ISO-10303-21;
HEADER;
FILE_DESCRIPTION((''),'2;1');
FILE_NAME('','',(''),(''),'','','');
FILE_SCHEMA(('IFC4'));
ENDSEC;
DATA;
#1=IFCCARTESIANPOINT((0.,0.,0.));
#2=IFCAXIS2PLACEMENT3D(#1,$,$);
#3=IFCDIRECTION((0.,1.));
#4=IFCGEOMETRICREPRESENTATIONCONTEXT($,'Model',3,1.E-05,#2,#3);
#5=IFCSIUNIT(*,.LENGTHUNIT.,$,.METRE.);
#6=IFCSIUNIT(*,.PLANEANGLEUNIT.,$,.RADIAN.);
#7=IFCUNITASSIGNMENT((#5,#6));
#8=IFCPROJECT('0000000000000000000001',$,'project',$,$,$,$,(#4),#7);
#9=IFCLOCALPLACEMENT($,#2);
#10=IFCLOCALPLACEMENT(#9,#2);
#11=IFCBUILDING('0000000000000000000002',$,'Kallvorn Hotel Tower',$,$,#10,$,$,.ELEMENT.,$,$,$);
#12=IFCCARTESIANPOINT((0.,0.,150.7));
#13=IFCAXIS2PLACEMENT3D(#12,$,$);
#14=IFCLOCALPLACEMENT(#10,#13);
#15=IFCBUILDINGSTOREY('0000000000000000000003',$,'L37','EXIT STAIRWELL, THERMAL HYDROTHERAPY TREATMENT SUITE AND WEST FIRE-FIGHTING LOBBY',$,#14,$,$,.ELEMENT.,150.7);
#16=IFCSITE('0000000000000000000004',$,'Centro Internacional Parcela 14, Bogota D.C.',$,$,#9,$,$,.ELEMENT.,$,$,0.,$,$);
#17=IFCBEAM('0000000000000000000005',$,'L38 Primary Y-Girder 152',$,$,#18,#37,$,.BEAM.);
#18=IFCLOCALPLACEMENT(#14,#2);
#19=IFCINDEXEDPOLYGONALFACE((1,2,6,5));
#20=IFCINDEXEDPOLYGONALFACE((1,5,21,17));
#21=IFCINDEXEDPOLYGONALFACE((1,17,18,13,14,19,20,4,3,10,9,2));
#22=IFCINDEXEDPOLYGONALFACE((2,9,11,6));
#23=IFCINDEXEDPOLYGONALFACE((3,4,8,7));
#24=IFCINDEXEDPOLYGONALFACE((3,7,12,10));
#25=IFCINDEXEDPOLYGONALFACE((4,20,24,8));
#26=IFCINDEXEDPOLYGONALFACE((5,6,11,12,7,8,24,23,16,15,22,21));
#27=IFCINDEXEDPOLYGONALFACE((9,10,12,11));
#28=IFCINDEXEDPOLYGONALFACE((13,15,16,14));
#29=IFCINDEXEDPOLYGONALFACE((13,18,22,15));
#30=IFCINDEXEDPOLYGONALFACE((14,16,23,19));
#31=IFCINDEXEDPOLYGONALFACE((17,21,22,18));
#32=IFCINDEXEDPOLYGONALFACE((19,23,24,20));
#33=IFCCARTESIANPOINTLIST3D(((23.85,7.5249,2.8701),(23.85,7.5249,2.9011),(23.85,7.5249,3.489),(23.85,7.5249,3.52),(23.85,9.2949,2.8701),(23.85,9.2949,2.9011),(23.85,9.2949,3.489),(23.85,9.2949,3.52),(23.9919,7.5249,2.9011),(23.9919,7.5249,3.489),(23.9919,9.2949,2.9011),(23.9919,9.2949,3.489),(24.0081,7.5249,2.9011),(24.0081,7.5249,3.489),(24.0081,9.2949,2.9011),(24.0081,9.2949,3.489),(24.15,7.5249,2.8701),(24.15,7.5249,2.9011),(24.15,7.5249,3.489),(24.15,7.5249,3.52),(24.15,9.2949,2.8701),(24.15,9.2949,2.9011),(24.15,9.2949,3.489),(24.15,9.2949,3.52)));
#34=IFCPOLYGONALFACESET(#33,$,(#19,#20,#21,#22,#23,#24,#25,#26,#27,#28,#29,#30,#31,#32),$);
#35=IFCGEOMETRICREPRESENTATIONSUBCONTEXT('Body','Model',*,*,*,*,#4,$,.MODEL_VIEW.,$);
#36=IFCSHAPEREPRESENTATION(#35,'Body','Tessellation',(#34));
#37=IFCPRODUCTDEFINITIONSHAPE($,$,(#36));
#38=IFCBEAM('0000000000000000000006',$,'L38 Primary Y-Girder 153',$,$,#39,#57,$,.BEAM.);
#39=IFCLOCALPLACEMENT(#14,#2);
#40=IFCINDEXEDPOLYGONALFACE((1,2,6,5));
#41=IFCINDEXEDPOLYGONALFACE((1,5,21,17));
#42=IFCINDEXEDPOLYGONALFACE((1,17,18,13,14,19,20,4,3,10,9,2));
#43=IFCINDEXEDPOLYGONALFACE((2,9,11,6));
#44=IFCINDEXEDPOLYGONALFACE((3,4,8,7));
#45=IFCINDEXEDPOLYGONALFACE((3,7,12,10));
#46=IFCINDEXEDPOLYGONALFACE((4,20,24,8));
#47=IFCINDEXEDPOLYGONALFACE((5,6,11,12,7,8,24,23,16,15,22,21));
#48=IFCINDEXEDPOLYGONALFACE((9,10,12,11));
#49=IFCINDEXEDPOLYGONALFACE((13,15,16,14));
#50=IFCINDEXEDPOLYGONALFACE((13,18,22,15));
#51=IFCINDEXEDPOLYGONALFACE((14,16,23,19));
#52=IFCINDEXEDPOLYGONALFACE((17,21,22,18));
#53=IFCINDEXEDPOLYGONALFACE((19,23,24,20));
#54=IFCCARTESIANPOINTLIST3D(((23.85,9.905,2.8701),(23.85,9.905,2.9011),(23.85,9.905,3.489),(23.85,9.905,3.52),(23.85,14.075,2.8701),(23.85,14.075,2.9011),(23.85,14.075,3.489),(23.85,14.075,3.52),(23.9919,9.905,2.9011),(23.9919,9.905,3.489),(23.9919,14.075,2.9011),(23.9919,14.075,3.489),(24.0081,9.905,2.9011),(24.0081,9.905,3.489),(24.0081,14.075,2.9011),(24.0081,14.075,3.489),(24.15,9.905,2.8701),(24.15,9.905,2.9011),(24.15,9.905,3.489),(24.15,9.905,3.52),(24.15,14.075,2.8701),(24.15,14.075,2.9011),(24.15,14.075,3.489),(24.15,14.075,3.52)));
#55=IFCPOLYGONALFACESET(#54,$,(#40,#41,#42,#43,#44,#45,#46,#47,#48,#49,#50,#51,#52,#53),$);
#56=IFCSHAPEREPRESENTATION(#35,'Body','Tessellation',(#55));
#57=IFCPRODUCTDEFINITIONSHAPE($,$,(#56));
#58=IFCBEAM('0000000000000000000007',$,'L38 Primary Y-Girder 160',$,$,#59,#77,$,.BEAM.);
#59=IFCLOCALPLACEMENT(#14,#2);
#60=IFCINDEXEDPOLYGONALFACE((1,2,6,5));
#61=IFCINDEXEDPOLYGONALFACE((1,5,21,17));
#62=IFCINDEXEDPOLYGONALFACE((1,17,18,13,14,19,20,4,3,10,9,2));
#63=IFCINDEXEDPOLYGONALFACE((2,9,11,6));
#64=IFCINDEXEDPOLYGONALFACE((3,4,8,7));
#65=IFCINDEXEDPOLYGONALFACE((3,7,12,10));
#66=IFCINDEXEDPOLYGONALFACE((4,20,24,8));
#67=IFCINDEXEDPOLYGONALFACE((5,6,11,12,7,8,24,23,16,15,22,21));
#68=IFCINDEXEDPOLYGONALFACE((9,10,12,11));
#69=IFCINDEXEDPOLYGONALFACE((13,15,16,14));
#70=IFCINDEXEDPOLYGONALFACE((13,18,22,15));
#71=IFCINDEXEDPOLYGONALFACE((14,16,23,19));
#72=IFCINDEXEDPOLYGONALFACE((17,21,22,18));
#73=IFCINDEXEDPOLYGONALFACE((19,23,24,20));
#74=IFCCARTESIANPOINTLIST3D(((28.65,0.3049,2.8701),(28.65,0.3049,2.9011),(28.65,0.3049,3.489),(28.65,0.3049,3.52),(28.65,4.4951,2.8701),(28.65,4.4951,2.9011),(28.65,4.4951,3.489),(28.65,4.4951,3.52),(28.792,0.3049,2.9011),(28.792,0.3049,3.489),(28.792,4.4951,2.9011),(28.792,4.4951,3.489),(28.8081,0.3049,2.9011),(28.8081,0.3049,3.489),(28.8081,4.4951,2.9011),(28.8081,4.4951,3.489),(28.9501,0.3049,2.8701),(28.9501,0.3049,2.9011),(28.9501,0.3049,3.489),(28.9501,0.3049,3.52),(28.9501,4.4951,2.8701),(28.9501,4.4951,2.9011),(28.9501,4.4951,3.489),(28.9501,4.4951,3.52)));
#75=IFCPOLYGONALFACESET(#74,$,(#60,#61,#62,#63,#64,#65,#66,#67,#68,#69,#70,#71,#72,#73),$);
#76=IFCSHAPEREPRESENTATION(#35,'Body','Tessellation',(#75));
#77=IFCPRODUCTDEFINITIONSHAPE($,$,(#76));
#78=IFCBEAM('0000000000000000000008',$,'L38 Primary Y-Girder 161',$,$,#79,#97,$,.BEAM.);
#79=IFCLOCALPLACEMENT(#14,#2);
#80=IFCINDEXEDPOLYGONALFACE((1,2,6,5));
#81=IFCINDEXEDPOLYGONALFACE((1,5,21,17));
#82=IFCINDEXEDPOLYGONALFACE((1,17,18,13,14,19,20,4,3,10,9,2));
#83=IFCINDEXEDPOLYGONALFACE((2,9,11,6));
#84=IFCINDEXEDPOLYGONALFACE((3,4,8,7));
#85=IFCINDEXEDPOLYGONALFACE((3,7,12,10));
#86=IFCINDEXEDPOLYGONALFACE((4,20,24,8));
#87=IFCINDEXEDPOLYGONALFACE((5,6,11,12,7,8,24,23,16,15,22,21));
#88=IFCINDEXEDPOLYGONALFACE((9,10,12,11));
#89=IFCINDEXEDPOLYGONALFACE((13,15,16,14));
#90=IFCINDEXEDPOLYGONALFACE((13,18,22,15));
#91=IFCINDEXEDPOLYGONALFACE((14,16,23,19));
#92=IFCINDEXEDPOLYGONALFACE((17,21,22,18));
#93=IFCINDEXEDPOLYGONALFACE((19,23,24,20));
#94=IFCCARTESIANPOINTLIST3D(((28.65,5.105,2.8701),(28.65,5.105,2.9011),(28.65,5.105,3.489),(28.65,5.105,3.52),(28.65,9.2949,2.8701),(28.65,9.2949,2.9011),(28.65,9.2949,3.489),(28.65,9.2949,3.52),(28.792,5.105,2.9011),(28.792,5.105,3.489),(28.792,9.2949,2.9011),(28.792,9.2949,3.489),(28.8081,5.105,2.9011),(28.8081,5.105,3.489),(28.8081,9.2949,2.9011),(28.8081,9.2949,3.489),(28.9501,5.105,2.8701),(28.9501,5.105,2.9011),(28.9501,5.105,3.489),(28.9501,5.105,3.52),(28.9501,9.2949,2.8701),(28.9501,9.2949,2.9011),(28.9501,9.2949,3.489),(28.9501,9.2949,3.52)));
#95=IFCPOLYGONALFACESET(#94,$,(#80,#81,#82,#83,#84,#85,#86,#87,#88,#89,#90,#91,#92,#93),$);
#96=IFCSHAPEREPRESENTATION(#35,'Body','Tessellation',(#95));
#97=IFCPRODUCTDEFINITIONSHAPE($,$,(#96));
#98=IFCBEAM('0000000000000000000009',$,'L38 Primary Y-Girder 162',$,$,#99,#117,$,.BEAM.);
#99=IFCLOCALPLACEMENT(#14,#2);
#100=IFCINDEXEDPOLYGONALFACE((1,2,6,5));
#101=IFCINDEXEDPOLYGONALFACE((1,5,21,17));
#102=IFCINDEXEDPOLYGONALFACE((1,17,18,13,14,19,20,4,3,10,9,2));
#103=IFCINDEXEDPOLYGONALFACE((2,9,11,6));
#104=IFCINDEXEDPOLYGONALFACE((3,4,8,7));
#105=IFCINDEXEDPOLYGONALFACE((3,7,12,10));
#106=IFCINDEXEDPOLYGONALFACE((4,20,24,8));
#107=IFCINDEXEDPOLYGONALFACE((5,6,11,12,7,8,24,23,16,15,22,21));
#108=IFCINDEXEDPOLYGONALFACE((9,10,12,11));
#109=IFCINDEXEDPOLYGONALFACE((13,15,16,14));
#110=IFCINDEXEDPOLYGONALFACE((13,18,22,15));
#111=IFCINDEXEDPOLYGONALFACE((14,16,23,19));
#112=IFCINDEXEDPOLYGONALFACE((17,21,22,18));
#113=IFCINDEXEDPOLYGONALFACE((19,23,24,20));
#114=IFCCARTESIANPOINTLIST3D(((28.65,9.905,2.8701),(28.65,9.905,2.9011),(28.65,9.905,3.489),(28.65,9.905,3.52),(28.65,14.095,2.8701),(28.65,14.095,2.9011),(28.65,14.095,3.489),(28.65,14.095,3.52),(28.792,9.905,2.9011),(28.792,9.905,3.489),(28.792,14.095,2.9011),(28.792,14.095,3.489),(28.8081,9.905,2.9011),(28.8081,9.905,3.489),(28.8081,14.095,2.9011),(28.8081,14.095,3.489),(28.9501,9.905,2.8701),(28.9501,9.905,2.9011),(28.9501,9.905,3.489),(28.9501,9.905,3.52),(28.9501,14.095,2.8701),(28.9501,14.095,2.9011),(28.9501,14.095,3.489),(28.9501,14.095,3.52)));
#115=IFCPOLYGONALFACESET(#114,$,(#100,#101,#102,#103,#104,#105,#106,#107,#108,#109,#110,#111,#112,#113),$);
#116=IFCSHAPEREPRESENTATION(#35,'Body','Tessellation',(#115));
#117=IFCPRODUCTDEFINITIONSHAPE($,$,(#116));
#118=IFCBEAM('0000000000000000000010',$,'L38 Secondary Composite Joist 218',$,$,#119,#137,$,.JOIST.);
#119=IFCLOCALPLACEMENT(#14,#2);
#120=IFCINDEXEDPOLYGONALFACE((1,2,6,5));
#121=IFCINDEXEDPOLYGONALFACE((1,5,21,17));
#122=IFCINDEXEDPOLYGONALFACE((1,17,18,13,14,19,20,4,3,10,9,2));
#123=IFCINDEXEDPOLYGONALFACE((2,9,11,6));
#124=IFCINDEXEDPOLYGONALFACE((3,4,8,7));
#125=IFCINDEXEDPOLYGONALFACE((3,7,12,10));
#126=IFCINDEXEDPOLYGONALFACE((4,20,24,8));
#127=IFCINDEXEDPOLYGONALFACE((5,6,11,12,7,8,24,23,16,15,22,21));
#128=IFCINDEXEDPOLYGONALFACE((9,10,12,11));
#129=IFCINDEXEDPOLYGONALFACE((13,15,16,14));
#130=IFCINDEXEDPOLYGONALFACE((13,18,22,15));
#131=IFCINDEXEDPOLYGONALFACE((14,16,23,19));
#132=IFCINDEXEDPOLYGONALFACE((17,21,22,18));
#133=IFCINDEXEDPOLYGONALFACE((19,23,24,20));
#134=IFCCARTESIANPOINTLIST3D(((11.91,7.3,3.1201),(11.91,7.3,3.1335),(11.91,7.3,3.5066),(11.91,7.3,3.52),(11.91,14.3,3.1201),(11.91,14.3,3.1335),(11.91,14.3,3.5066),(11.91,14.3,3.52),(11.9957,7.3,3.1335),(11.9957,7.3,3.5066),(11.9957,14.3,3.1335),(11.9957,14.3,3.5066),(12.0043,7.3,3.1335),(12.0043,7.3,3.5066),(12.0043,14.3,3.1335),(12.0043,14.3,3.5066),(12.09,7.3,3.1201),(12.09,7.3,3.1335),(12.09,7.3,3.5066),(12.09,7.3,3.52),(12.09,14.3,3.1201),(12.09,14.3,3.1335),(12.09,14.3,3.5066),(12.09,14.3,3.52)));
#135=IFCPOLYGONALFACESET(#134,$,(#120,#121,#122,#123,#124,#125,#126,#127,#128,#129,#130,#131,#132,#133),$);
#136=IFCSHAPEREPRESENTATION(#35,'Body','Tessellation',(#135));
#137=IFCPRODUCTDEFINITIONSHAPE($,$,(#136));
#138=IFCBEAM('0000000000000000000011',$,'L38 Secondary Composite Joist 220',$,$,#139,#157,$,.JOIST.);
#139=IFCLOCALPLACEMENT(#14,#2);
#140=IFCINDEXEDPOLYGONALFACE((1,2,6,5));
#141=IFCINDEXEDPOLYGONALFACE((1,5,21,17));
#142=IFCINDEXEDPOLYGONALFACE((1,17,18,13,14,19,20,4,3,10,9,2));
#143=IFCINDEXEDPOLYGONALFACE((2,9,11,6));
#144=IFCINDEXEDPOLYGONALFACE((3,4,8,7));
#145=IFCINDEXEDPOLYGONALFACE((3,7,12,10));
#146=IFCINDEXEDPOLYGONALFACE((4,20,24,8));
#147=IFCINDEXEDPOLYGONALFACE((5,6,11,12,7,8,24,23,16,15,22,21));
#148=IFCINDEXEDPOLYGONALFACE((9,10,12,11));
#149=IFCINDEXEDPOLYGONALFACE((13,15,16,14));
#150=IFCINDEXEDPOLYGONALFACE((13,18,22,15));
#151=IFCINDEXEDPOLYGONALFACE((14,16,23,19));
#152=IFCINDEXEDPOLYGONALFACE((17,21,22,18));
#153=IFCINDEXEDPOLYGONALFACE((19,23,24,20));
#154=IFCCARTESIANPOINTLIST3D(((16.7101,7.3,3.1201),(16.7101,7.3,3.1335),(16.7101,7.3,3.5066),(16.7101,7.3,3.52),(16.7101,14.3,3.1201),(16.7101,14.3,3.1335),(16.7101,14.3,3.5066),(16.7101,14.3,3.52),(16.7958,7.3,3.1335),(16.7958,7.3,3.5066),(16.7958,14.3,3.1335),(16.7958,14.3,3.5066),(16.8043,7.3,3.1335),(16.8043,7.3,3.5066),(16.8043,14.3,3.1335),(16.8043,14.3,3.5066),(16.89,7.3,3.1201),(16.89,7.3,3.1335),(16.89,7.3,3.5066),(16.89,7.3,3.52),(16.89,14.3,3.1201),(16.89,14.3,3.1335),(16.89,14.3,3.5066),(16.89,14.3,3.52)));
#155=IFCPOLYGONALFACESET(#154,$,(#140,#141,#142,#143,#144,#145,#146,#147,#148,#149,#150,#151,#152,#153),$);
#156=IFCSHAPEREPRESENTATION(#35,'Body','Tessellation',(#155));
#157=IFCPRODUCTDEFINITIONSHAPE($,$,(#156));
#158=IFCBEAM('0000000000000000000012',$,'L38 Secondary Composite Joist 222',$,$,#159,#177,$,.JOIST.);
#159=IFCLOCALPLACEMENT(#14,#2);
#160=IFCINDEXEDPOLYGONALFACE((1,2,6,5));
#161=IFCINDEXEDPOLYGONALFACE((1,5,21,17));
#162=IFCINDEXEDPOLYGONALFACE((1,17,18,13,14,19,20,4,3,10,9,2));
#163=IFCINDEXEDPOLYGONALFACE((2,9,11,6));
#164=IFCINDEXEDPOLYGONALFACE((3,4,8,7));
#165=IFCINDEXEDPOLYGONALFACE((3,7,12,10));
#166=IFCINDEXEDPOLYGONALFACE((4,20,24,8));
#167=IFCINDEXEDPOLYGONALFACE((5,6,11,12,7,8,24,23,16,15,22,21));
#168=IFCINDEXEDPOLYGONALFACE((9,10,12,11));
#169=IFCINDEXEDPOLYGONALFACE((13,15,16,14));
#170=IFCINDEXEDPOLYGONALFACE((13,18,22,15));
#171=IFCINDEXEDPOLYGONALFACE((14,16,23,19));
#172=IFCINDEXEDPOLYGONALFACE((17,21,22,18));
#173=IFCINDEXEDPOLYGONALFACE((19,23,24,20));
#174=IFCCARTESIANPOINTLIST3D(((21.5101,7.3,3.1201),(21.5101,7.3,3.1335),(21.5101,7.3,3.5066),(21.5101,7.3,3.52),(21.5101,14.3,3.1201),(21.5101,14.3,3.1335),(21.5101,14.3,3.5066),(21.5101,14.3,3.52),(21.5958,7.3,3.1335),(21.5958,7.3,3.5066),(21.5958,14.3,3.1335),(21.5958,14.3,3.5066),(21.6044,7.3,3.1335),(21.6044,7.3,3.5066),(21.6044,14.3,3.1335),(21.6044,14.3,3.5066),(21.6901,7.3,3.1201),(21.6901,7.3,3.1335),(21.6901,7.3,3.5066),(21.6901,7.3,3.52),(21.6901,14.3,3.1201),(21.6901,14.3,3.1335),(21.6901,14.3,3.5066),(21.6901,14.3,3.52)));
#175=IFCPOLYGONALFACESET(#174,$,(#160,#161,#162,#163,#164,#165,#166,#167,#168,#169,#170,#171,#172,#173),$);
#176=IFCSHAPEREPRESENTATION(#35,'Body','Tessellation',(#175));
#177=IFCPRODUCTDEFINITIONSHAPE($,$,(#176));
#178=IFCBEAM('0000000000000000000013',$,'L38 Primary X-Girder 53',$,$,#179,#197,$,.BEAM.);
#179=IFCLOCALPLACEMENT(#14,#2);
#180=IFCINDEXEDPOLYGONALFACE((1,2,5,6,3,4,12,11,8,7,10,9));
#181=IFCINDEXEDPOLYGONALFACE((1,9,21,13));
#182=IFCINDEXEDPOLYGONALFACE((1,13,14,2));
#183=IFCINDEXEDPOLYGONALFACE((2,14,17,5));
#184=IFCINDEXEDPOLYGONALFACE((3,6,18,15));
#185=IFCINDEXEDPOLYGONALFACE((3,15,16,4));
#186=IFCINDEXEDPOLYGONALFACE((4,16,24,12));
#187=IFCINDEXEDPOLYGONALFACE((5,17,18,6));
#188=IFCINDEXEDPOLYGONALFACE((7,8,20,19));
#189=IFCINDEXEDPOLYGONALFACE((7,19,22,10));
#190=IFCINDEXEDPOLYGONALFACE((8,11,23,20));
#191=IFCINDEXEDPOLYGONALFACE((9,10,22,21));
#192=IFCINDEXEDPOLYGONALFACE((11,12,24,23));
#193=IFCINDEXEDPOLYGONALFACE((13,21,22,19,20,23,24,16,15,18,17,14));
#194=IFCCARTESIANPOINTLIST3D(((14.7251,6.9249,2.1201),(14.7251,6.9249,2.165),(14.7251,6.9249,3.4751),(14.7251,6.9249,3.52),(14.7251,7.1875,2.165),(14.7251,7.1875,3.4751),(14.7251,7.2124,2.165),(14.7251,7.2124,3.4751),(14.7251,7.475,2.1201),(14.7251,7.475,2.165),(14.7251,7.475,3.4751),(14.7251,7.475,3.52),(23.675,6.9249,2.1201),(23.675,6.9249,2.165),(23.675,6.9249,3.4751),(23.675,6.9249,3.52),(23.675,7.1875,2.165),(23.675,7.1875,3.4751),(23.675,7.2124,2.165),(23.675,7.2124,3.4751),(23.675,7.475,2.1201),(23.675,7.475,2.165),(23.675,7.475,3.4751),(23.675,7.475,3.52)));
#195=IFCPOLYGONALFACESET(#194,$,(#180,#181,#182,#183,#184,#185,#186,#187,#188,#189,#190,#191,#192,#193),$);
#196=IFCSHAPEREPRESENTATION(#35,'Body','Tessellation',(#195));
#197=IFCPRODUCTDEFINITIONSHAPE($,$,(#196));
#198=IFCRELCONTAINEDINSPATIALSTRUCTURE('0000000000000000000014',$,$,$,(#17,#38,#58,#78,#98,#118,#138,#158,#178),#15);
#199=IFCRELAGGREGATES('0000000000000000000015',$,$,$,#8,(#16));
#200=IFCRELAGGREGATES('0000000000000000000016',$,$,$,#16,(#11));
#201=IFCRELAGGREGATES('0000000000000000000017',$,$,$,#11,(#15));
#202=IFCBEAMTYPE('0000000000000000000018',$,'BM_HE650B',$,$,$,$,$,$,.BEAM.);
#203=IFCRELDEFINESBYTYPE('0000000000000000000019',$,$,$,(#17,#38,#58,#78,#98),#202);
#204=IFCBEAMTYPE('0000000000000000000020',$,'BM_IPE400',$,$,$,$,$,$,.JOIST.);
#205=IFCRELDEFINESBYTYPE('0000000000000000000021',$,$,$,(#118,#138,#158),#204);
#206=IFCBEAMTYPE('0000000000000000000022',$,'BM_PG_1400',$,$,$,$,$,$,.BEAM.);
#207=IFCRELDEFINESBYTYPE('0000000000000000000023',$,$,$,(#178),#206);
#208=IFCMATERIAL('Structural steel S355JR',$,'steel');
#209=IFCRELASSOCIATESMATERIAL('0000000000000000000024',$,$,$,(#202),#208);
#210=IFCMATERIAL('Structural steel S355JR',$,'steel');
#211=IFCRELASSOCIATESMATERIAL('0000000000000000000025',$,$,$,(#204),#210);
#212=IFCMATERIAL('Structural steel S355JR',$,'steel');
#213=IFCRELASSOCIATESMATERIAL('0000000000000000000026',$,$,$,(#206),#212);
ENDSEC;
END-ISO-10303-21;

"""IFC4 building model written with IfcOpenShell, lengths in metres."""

from ifc_helpers import new_model, si_unit, direction, frame, origin, origin_2d, place, context, subcontext, project, spatial, i_section, extrude, material, material_profile, profile_set, type_object, element, save


model = new_model("IFC4")

# Units and contexts
model_context = context("Model", 3, precision=1e-05, world=origin(), true_north=direction((0.0, 1.0)))
body_context = subcontext(model_context, "Body", "Model", "MODEL_VIEW")
ifc_project = project(units=[si_unit("LENGTHUNIT", "METRE"), si_unit("PLANEANGLEUNIT", "RADIAN")], contexts=[model_context])

# Site, building, storey
site_placement = place(None, origin())
site = spatial("IfcSite", under=ifc_project, at=site_placement, Name="Centro Internacional Parcela 14, Bogota D.C.", CompositionType="ELEMENT", RefElevation=0.0)
building_placement = place(site_placement, origin())
building = spatial("IfcBuilding", under=site, at=building_placement, Name="Kallvorn Hotel Tower", CompositionType="ELEMENT")
storey_placement = place(building_placement, frame((0.0, 0.0, 150.7)))
storey = spatial("IfcBuildingStorey", under=building, at=storey_placement, Name="L37", Description="EXIT STAIRWELL, THERMAL HYDROTHERAPY TREATMENT SUITE AND WEST FIRE-FIGHTING LOBBY", CompositionType="ELEMENT", Elevation=150.7)

# Beams
ifc_material_1 = material(Name="Structural steel S355JR", Category="steel")
ifc_material_profile_1 = material_profile(ifc_material_1, i_section(OverallWidth=0.3, OverallDepth=0.6499, WebThickness=0.0161, FlangeThickness=0.031, at=origin_2d()), Name="HE 650 B")
ifc_profile_set_1 = profile_set([ifc_material_profile_1], Name="Structural steel S355JR")
beam_type_1 = type_object("IfcBeamType", Name="BM_HE650B", PredefinedType="BEAM", material=ifc_profile_set_1)
beam_1_placement = place(storey_placement, frame((24.0, 7.5249, 3.1951), z_axis=(0.0, 1.0, 0.0), x_axis=(-1.0, 0.0, 0.0)))
element("IfcBeam", 1, at=beam_1_placement, inside=storey, type_object=beam_type_1, Name="L38 Primary Y-Girder 152", PredefinedType="BEAM", context=body_context, shape_type="SweptSolid", body=[
    extrude(i_section(OverallWidth=0.3, OverallDepth=0.6499, WebThickness=0.0161, FlangeThickness=0.031, at=origin_2d()), origin(), (0.0, 0.0, 1.0), 1.77),
])
beam_2_placement = place(storey_placement, frame((24.0, 9.905, 3.1951), z_axis=(0.0, 1.0, 0.0), x_axis=(-1.0, 0.0, 0.0)))
element("IfcBeam", 2, at=beam_2_placement, inside=storey, type_object=beam_type_1, Name="L38 Primary Y-Girder 153", PredefinedType="BEAM", context=body_context, shape_type="SweptSolid", body=[
    extrude(i_section(OverallWidth=0.3, OverallDepth=0.6499, WebThickness=0.0161, FlangeThickness=0.031, at=origin_2d()), origin(), (0.0, 0.0, 1.0), 4.1699),
])
beam_3_placement = place(storey_placement, frame((28.8, 0.3049, 3.1951), z_axis=(0.0, 1.0, 0.0), x_axis=(-1.0, 0.0, 0.0)))
element("IfcBeam", 3, at=beam_3_placement, inside=storey, type_object=beam_type_1, Name="L38 Primary Y-Girder 160", PredefinedType="BEAM", context=body_context, shape_type="SweptSolid", body=[
    extrude(i_section(OverallWidth=0.3, OverallDepth=0.6499, WebThickness=0.0161, FlangeThickness=0.031, at=origin_2d()), origin(), (0.0, 0.0, 1.0), 4.1902),
])
for number, where, z_axis, x_axis, name in (
    (4, (28.8, 5.105, 3.1951), (0.0, 1.0, 0.0), (-1.0, 0.0, 0.0), "L38 Primary Y-Girder 161"),
    (5, (28.8, 9.905, 3.1951), (0.0, 1.0, 0.0), (-1.0, 0.0, 0.0), "L38 Primary Y-Girder 162"),
):
    element("IfcBeam", number, at=place(storey_placement, frame(where, z_axis=z_axis, x_axis=x_axis)), inside=storey, type_object=beam_type_1, Name=name, PredefinedType="BEAM", context=body_context, shape_type="SweptSolid", body=[
        extrude(i_section(OverallWidth=0.3, OverallDepth=0.6499, WebThickness=0.0161, FlangeThickness=0.031, at=origin_2d()), origin(), (0.0, 0.0, 1.0), 4.1899),
    ])
ifc_material_2 = material(Name="Structural steel S355JR", Category="steel")
ifc_material_profile_2 = material_profile(ifc_material_2, i_section(OverallWidth=0.1799, OverallDepth=0.3999, WebThickness=0.0085, FlangeThickness=0.0134, at=origin_2d()), Name="IPE 400")
ifc_profile_set_2 = profile_set([ifc_material_profile_2], Name="Structural steel S355JR")
beam_type_2 = type_object("IfcBeamType", Name="BM_IPE400", PredefinedType="JOIST", material=ifc_profile_set_2)
for number, where, z_axis, x_axis, name in (
    (6, (12.0, 7.3, 3.3201), (0.0, 1.0, 0.0), (-1.0, 0.0, 0.0), "L38 Secondary Composite Joist 218"),
    (7, (16.8, 7.3, 3.3201), (0.0, 1.0, 0.0), (-1.0, 0.0, 0.0), "L38 Secondary Composite Joist 220"),
    (8, (21.6001, 7.3, 3.3201), (0.0, 1.0, 0.0), (-1.0, 0.0, 0.0), "L38 Secondary Composite Joist 222"),
):
    element("IfcBeam", number, at=place(storey_placement, frame(where, z_axis=z_axis, x_axis=x_axis)), inside=storey, type_object=beam_type_2, Name=name, PredefinedType="JOIST", context=body_context, shape_type="SweptSolid", body=[
        extrude(i_section(OverallWidth=0.1799, OverallDepth=0.3999, WebThickness=0.0085, FlangeThickness=0.0134, at=origin_2d()), origin(), (0.0, 0.0, 1.0), 7.0),
    ])
ifc_material_3 = material(Name="Structural steel S355JR", Category="steel")
ifc_material_profile_3 = material_profile(ifc_material_3, i_section(OverallWidth=0.55, OverallDepth=1.3999, WebThickness=0.0249, FlangeThickness=0.0449, at=origin_2d()), Name="PG 1400x550x25x45")
ifc_profile_set_3 = profile_set([ifc_material_profile_3], Name="Structural steel S355JR")
beam_type_3 = type_object("IfcBeamType", Name="BM_PG_1400", PredefinedType="BEAM", material=ifc_profile_set_3)
beam_4_placement = place(storey_placement, frame((14.7251, 7.2, 2.8201), z_axis=(1.0, 0.0, 0.0), x_axis=(0.0, 1.0, 0.0)))
element("IfcBeam", 9, at=beam_4_placement, inside=storey, type_object=beam_type_3, Name="L38 Primary X-Girder 53", PredefinedType="BEAM", context=body_context, shape_type="SweptSolid", body=[
    extrude(i_section(OverallWidth=0.55, OverallDepth=1.3999, WebThickness=0.0249, FlangeThickness=0.0449, at=origin_2d()), origin(), (0.0, 0.0, 1.0), 8.95),
])

save(model, "model.ifc")
